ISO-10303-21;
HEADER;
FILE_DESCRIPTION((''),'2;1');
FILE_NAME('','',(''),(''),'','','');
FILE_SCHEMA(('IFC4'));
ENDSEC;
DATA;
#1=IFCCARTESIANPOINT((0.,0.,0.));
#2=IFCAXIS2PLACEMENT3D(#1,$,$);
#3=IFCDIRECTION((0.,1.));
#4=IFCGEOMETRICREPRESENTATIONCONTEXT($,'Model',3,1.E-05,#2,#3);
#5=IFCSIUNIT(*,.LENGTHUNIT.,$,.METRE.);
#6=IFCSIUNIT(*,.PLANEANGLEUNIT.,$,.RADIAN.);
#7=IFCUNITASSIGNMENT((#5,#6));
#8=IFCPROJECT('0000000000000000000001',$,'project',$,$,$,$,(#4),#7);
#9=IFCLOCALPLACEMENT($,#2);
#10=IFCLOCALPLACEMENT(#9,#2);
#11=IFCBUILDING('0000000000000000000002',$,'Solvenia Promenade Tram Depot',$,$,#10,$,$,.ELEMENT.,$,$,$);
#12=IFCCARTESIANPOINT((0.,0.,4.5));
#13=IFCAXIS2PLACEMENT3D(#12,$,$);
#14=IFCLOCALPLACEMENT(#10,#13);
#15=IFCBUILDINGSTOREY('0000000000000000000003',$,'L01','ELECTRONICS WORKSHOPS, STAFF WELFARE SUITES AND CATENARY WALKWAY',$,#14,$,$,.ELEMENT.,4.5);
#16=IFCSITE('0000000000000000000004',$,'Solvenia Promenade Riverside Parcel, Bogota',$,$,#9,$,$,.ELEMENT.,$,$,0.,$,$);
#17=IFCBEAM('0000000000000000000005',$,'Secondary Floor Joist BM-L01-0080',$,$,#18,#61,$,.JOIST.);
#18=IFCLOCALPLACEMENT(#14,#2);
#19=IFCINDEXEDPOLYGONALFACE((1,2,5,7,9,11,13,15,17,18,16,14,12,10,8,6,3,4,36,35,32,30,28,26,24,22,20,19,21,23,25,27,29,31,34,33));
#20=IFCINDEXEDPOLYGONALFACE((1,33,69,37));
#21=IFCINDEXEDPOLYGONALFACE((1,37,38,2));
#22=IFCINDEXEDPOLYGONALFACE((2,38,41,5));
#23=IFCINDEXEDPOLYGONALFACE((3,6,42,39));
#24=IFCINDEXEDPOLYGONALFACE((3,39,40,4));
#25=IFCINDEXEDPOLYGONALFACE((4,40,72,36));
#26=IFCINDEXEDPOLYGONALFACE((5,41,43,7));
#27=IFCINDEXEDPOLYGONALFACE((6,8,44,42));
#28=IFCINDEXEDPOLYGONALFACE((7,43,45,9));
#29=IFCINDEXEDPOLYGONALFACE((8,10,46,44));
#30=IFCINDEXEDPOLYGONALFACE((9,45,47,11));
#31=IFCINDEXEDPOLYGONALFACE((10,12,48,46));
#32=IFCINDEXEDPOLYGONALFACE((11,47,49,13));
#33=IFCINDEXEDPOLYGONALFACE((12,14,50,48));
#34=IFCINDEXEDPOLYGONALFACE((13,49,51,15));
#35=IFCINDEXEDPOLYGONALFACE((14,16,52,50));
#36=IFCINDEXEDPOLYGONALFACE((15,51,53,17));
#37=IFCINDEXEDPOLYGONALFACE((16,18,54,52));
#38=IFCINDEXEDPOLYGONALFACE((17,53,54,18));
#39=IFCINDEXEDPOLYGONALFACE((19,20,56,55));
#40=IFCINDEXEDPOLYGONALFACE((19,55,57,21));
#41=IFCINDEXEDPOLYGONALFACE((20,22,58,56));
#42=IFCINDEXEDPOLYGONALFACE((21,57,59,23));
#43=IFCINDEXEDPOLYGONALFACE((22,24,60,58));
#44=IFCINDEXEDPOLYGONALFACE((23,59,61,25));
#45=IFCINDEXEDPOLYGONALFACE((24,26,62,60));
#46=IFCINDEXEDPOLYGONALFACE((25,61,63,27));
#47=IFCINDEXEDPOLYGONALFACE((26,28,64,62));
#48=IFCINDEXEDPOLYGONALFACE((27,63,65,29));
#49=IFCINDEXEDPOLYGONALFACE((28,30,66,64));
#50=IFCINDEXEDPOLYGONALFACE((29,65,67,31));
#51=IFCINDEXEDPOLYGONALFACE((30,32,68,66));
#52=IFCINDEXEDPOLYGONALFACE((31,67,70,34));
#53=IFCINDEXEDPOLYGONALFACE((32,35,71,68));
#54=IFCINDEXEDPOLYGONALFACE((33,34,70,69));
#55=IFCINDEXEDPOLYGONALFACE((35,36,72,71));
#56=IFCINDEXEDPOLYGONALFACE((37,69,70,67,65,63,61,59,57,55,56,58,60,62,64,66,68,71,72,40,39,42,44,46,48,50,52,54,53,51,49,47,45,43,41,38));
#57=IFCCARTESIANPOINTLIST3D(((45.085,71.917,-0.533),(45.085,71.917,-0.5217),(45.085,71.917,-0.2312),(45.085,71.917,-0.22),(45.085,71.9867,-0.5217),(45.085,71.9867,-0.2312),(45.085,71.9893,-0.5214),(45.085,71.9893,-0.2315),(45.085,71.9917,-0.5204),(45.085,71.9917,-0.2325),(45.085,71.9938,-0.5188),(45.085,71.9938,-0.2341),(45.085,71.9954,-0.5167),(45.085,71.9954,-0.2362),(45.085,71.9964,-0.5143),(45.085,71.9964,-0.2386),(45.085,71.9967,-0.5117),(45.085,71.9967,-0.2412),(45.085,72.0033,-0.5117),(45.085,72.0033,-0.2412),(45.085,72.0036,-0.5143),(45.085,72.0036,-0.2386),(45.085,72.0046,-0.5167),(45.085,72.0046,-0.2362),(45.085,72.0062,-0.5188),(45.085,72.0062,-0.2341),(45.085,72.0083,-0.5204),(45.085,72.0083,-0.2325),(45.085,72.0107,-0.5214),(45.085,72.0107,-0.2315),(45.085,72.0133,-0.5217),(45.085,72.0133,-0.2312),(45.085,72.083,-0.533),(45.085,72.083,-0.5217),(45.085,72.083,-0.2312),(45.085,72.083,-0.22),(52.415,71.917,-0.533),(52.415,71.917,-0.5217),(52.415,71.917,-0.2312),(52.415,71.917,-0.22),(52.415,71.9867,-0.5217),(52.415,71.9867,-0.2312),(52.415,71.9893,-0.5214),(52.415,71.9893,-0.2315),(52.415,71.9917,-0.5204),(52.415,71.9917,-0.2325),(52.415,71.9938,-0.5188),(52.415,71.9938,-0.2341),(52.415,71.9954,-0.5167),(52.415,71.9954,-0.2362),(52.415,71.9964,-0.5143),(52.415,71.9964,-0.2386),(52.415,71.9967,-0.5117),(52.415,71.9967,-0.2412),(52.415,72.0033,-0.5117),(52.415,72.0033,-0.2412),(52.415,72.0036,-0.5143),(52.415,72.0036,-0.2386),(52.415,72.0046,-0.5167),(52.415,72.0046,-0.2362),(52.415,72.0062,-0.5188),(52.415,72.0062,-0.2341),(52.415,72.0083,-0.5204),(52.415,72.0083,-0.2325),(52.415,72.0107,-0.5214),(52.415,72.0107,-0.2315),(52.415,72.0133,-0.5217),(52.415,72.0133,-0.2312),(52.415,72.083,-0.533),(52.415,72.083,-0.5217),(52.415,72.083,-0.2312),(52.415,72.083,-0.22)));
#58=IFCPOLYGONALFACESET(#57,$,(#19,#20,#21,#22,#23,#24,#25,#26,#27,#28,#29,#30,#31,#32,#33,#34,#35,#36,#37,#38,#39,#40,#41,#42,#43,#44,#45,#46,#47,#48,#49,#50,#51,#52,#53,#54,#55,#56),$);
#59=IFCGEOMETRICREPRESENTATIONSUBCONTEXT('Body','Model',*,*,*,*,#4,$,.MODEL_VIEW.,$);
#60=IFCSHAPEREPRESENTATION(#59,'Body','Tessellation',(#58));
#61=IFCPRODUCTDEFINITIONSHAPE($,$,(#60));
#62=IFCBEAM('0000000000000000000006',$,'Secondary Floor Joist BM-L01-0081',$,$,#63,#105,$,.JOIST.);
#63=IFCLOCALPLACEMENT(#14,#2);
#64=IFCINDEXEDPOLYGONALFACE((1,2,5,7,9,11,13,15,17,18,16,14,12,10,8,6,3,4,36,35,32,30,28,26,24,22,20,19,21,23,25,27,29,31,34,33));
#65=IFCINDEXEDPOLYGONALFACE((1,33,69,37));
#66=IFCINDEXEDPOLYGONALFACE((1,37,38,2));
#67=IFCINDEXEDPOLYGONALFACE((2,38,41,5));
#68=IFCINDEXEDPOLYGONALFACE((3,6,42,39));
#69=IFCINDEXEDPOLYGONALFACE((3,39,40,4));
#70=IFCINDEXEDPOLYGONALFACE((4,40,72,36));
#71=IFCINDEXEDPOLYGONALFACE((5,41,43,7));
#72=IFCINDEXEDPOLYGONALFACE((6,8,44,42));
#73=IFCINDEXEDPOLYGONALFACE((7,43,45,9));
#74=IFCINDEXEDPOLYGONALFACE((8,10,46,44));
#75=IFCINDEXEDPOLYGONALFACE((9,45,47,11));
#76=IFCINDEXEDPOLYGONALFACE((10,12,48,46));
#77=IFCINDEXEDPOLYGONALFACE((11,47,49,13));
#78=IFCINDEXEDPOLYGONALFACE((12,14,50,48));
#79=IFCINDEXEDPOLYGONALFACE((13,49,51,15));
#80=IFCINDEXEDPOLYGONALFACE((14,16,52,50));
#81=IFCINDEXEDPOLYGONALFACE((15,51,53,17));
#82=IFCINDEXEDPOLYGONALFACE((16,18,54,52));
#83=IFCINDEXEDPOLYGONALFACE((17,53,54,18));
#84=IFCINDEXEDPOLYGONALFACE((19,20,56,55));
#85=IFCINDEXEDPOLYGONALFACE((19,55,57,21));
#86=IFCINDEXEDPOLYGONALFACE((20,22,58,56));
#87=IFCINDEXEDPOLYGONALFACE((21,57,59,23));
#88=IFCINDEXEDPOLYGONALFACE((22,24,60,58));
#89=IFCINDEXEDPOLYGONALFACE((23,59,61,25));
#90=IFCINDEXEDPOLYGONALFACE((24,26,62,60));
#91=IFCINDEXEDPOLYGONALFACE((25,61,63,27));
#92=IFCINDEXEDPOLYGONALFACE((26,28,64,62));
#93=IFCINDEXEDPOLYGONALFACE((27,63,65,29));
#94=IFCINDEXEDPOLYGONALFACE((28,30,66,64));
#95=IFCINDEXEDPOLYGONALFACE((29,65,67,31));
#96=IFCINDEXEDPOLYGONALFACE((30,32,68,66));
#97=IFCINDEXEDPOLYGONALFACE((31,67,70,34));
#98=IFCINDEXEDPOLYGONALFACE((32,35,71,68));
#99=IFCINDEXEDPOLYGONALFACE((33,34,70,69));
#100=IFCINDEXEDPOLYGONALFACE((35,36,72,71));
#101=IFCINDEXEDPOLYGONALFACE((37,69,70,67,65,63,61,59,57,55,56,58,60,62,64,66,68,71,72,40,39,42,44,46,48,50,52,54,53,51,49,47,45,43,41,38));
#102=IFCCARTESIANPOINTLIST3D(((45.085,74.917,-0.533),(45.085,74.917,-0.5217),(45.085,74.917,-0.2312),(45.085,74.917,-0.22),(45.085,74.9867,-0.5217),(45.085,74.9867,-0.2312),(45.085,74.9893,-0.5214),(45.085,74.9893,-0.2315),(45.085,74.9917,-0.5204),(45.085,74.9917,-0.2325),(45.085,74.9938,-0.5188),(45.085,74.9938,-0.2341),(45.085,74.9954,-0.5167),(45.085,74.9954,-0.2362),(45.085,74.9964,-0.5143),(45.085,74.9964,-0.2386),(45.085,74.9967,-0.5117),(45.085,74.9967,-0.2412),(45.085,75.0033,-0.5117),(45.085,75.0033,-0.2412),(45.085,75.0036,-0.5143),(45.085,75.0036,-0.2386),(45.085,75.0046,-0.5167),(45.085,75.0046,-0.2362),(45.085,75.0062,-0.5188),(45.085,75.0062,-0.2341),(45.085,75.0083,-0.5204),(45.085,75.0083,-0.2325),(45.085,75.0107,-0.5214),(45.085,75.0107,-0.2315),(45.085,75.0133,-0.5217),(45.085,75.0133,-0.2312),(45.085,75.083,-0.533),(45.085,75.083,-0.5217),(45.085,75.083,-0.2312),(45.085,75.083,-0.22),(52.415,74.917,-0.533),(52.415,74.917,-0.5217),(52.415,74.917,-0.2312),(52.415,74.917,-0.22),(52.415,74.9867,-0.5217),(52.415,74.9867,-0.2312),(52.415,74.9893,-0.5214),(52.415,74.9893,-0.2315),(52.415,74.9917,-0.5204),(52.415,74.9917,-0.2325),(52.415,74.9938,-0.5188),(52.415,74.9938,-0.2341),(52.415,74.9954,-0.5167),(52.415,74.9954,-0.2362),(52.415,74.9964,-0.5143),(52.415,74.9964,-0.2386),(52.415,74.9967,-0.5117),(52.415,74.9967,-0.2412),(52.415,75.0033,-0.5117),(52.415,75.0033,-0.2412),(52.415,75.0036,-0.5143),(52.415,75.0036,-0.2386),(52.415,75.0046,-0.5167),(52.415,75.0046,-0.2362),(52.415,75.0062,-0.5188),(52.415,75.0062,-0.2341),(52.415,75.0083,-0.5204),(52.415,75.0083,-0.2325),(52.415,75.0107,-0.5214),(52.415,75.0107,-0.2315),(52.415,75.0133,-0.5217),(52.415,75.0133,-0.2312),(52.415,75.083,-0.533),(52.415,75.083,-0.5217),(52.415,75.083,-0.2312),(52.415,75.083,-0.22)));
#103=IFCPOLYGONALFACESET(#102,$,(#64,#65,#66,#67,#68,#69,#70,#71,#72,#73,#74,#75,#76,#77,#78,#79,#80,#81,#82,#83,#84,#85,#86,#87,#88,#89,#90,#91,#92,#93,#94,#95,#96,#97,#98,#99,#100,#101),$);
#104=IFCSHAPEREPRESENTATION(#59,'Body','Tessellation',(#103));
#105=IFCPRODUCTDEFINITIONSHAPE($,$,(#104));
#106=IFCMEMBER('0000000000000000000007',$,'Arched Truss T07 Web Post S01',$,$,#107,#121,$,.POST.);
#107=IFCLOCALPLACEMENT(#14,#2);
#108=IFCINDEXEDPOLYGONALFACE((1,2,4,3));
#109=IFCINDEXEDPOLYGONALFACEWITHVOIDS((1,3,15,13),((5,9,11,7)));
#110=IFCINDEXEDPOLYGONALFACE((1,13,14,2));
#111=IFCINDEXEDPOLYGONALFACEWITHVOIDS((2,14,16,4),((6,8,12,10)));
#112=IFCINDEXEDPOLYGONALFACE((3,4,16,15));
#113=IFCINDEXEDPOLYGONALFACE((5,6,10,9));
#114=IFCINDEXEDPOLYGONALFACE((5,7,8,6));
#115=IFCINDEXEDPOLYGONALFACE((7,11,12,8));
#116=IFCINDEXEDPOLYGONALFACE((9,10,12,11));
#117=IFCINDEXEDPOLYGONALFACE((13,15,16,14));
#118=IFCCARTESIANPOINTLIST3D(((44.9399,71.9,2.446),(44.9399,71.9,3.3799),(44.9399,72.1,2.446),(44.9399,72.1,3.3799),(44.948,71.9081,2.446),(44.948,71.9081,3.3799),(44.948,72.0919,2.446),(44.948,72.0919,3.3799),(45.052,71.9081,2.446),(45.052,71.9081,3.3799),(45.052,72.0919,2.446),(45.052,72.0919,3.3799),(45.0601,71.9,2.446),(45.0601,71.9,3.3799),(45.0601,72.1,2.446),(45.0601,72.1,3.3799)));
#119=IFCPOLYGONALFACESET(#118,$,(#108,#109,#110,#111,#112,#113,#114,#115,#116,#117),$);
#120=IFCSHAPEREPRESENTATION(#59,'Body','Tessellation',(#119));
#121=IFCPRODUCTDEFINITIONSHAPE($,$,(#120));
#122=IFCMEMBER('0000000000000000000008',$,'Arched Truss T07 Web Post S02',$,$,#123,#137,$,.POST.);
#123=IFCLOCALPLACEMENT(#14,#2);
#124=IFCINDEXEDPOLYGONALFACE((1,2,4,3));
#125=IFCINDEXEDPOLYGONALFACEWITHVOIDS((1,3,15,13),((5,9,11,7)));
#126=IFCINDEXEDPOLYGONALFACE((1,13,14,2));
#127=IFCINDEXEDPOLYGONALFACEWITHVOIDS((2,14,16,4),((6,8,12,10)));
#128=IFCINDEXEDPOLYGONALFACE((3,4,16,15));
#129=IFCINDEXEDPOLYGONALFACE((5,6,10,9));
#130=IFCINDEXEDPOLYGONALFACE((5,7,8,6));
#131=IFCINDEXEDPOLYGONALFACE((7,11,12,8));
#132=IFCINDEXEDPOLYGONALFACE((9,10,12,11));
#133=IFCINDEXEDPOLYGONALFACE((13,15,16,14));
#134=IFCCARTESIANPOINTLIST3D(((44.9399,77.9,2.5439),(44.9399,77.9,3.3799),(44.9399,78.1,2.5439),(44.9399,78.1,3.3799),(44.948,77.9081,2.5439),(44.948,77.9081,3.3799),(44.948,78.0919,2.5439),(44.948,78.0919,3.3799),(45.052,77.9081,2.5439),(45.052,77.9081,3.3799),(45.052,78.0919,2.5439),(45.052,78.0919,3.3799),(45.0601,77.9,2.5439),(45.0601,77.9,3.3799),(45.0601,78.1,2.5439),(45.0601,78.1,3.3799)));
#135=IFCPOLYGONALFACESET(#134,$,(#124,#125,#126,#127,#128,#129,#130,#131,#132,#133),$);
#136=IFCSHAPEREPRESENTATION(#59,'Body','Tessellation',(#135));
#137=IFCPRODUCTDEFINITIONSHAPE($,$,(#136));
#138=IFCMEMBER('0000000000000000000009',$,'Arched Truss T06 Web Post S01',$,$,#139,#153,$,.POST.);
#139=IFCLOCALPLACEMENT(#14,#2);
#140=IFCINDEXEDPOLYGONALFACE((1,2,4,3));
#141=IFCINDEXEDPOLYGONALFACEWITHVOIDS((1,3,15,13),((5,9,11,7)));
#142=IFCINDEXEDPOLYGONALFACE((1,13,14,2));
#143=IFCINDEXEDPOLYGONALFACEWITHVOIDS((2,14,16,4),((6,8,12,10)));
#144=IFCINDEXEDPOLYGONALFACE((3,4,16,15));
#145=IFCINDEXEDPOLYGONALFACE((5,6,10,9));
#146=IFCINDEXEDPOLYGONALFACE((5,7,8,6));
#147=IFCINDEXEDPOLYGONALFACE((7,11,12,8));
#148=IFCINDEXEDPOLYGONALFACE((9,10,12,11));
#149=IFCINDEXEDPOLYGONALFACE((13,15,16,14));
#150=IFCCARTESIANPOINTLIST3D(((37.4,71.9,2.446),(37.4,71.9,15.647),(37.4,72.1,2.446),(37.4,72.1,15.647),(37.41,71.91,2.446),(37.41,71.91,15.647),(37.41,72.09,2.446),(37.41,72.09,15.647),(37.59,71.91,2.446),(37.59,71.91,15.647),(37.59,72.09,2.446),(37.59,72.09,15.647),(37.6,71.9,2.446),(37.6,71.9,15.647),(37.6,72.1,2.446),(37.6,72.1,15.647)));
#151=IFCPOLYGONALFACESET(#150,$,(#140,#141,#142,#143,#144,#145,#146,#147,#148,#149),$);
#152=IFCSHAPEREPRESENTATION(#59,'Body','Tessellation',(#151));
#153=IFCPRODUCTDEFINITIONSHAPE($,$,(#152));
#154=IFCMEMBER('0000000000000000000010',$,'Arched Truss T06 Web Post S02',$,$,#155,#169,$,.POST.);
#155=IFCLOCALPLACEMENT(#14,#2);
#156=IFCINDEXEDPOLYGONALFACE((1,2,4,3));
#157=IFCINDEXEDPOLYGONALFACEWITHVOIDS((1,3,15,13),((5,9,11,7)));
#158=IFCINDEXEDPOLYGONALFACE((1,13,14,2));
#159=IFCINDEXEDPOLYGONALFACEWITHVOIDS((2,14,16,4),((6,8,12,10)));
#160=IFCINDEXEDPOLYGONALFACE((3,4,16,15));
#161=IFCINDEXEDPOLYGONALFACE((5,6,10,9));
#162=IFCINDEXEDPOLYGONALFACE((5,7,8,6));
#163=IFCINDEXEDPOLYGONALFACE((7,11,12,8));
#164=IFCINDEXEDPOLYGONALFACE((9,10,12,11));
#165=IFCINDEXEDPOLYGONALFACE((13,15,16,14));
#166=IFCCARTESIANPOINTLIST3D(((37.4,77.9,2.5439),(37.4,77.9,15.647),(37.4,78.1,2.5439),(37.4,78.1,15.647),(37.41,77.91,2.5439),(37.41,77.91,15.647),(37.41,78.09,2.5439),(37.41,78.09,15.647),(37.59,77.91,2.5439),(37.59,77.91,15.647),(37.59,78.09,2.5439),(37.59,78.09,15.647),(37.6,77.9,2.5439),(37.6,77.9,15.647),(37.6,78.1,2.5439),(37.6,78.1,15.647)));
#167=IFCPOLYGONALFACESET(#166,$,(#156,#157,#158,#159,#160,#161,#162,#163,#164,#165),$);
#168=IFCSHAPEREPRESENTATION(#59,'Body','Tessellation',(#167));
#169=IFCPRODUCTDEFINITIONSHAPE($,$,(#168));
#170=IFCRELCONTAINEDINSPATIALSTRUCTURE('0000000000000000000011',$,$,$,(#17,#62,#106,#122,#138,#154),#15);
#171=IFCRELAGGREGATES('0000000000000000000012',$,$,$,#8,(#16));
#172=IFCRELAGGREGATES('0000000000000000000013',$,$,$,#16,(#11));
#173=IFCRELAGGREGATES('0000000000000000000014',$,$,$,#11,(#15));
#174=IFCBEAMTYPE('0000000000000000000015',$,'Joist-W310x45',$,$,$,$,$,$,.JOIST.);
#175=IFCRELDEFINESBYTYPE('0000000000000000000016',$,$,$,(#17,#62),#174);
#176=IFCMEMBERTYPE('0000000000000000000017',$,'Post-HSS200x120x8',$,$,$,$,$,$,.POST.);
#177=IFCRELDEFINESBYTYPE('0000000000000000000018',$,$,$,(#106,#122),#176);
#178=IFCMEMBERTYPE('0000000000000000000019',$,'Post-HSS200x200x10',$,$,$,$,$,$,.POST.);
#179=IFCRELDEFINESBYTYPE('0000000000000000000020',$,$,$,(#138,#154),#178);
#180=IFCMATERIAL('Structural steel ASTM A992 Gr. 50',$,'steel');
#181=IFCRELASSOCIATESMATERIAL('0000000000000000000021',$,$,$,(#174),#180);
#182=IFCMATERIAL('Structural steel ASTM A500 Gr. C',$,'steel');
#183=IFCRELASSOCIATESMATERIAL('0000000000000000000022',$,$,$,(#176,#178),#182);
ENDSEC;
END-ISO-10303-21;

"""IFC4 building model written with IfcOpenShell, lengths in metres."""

from ifc_helpers import new_model, si_unit, direction, frame, origin, origin_2d, place, context, subcontext, project, spatial, hollow_rectangle, i_section, extrude, material, material_profile, profile_set, type_object, element, save


model = new_model("IFC4")

# Units and contexts
model_context = context("Model", 3, precision=1e-05, world=origin(), true_north=direction((0.0, 1.0)))
body_context = subcontext(model_context, "Body", "Model", "MODEL_VIEW")
ifc_project = project(units=[si_unit("LENGTHUNIT", "METRE"), si_unit("PLANEANGLEUNIT", "RADIAN")], contexts=[model_context])

# Site, building, storey
site_placement = place(None, origin())
site = spatial("IfcSite", under=ifc_project, at=site_placement, Name="Solvenia Promenade Riverside Parcel, Bogota", CompositionType="ELEMENT", RefElevation=0.0)
building_placement = place(site_placement, origin())
building = spatial("IfcBuilding", under=site, at=building_placement, Name="Solvenia Promenade Tram Depot", CompositionType="ELEMENT")
storey_placement = place(building_placement, frame((0.0, 0.0, 4.5)))
storey = spatial("IfcBuildingStorey", under=building, at=storey_placement, Name="L01", Description="ELECTRONICS WORKSHOPS, STAFF WELFARE SUITES AND CATENARY WALKWAY", CompositionType="ELEMENT", Elevation=4.5)

# Shared definitions
ifc_material_1 = material(Name="Structural steel ASTM A992 Gr. 50", Category="steel")

# Shared definitions
ifc_material_2 = material(Name="Structural steel ASTM A500 Gr. C", Category="steel")

# Beams
ifc_material_profile_1 = material_profile(ifc_material_1, i_section(OverallWidth=0.166, OverallDepth=0.313, WebThickness=0.0066, FlangeThickness=0.0112, FilletRadius=0.01, at=origin_2d()), Name="W310x45", Category="steel")
ifc_profile_set_1 = profile_set([ifc_material_profile_1], Name="Structural steel ASTM A992 Gr. 50")
beam_type_1 = type_object("IfcBeamType", Name="Joist-W310x45", PredefinedType="JOIST", material=ifc_profile_set_1)
for number, where, z_axis, x_axis, name in (
    (1, (45.085, 72.0, -0.3765), (1.0, 0.0, 0.0), (0.0, 1.0, 0.0), "Secondary Floor Joist BM-L01-0080"),
    (2, (45.085, 75.0, -0.3765), (1.0, 0.0, 0.0), (0.0, 1.0, 0.0), "Secondary Floor Joist BM-L01-0081"),
):
    element("IfcBeam", number, at=place(storey_placement, frame(where, z_axis=z_axis, x_axis=x_axis)), inside=storey, type_object=beam_type_1, Name=name, PredefinedType="JOIST", context=body_context, shape_type="SweptSolid", body=[
        extrude(i_section(OverallWidth=0.166, OverallDepth=0.313, WebThickness=0.0066, FlangeThickness=0.0112, FilletRadius=0.01, at=origin_2d()), origin(), (0.0, 0.0, 1.0), 7.3301),
    ])

# Members
ifc_material_profile_2 = material_profile(ifc_material_2, hollow_rectangle(XDim=0.1201, YDim=0.2, WallThickness=0.0081, at=origin_2d()), Name="HSS200x120x8", Category="steel")
ifc_profile_set_2 = profile_set([ifc_material_profile_2], Name="Structural steel ASTM A500 Gr. C")
member_type_1 = type_object("IfcMemberType", Name="Post-HSS200x120x8", PredefinedType="POST", material=ifc_profile_set_2)
member_1_placement = place(storey_placement, frame((45.0, 72.0, 2.446), z_axis=(0.0, 0.0, 1.0), x_axis=(1.0, 0.0, 0.0)))
element("IfcMember", 3, at=member_1_placement, inside=storey, type_object=member_type_1, Name="Arched Truss T07 Web Post S01", PredefinedType="POST", context=body_context, shape_type="SweptSolid", body=[
    extrude(hollow_rectangle(XDim=0.1201, YDim=0.2, WallThickness=0.0081, at=origin_2d()), origin(), (0.0, 0.0, 1.0), 0.9338),
])
member_2_placement = place(storey_placement, frame((45.0, 78.0, 2.5439), z_axis=(0.0, 0.0, 1.0), x_axis=(1.0, 0.0, 0.0)))
element("IfcMember", 4, at=member_2_placement, inside=storey, type_object=member_type_1, Name="Arched Truss T07 Web Post S02", PredefinedType="POST", context=body_context, shape_type="SweptSolid", body=[
    extrude(hollow_rectangle(XDim=0.1201, YDim=0.2, WallThickness=0.0081, at=origin_2d()), origin(), (0.0, 0.0, 1.0), 0.8359),
])
ifc_material_profile_3 = material_profile(ifc_material_2, hollow_rectangle(XDim=0.2, YDim=0.2, WallThickness=0.01, at=origin_2d()), Name="HSS200x200x10", Category="steel")
ifc_profile_set_3 = profile_set([ifc_material_profile_3], Name="Structural steel ASTM A500 Gr. C")
member_type_2 = type_object("IfcMemberType", Name="Post-HSS200x200x10", PredefinedType="POST", material=ifc_profile_set_3)
member_3_placement = place(storey_placement, frame((37.5, 72.0, 2.446), z_axis=(0.0, 0.0, 1.0), x_axis=(1.0, 0.0, 0.0)))
element("IfcMember", 5, at=member_3_placement, inside=storey, type_object=member_type_2, Name="Arched Truss T06 Web Post S01", PredefinedType="POST", context=body_context, shape_type="SweptSolid", body=[
    extrude(hollow_rectangle(XDim=0.2, YDim=0.2, WallThickness=0.01, at=origin_2d()), origin(), (0.0, 0.0, 1.0), 13.2009),
])
member_4_placement = place(storey_placement, frame((37.5, 78.0, 2.5439), z_axis=(0.0, 0.0, 1.0), x_axis=(1.0, 0.0, 0.0)))
element("IfcMember", 6, at=member_4_placement, inside=storey, type_object=member_type_2, Name="Arched Truss T06 Web Post S02", PredefinedType="POST", context=body_context, shape_type="SweptSolid", body=[
    extrude(hollow_rectangle(XDim=0.2, YDim=0.2, WallThickness=0.01, at=origin_2d()), origin(), (0.0, 0.0, 1.0), 13.103),
])

save(model, "model.ifc")
